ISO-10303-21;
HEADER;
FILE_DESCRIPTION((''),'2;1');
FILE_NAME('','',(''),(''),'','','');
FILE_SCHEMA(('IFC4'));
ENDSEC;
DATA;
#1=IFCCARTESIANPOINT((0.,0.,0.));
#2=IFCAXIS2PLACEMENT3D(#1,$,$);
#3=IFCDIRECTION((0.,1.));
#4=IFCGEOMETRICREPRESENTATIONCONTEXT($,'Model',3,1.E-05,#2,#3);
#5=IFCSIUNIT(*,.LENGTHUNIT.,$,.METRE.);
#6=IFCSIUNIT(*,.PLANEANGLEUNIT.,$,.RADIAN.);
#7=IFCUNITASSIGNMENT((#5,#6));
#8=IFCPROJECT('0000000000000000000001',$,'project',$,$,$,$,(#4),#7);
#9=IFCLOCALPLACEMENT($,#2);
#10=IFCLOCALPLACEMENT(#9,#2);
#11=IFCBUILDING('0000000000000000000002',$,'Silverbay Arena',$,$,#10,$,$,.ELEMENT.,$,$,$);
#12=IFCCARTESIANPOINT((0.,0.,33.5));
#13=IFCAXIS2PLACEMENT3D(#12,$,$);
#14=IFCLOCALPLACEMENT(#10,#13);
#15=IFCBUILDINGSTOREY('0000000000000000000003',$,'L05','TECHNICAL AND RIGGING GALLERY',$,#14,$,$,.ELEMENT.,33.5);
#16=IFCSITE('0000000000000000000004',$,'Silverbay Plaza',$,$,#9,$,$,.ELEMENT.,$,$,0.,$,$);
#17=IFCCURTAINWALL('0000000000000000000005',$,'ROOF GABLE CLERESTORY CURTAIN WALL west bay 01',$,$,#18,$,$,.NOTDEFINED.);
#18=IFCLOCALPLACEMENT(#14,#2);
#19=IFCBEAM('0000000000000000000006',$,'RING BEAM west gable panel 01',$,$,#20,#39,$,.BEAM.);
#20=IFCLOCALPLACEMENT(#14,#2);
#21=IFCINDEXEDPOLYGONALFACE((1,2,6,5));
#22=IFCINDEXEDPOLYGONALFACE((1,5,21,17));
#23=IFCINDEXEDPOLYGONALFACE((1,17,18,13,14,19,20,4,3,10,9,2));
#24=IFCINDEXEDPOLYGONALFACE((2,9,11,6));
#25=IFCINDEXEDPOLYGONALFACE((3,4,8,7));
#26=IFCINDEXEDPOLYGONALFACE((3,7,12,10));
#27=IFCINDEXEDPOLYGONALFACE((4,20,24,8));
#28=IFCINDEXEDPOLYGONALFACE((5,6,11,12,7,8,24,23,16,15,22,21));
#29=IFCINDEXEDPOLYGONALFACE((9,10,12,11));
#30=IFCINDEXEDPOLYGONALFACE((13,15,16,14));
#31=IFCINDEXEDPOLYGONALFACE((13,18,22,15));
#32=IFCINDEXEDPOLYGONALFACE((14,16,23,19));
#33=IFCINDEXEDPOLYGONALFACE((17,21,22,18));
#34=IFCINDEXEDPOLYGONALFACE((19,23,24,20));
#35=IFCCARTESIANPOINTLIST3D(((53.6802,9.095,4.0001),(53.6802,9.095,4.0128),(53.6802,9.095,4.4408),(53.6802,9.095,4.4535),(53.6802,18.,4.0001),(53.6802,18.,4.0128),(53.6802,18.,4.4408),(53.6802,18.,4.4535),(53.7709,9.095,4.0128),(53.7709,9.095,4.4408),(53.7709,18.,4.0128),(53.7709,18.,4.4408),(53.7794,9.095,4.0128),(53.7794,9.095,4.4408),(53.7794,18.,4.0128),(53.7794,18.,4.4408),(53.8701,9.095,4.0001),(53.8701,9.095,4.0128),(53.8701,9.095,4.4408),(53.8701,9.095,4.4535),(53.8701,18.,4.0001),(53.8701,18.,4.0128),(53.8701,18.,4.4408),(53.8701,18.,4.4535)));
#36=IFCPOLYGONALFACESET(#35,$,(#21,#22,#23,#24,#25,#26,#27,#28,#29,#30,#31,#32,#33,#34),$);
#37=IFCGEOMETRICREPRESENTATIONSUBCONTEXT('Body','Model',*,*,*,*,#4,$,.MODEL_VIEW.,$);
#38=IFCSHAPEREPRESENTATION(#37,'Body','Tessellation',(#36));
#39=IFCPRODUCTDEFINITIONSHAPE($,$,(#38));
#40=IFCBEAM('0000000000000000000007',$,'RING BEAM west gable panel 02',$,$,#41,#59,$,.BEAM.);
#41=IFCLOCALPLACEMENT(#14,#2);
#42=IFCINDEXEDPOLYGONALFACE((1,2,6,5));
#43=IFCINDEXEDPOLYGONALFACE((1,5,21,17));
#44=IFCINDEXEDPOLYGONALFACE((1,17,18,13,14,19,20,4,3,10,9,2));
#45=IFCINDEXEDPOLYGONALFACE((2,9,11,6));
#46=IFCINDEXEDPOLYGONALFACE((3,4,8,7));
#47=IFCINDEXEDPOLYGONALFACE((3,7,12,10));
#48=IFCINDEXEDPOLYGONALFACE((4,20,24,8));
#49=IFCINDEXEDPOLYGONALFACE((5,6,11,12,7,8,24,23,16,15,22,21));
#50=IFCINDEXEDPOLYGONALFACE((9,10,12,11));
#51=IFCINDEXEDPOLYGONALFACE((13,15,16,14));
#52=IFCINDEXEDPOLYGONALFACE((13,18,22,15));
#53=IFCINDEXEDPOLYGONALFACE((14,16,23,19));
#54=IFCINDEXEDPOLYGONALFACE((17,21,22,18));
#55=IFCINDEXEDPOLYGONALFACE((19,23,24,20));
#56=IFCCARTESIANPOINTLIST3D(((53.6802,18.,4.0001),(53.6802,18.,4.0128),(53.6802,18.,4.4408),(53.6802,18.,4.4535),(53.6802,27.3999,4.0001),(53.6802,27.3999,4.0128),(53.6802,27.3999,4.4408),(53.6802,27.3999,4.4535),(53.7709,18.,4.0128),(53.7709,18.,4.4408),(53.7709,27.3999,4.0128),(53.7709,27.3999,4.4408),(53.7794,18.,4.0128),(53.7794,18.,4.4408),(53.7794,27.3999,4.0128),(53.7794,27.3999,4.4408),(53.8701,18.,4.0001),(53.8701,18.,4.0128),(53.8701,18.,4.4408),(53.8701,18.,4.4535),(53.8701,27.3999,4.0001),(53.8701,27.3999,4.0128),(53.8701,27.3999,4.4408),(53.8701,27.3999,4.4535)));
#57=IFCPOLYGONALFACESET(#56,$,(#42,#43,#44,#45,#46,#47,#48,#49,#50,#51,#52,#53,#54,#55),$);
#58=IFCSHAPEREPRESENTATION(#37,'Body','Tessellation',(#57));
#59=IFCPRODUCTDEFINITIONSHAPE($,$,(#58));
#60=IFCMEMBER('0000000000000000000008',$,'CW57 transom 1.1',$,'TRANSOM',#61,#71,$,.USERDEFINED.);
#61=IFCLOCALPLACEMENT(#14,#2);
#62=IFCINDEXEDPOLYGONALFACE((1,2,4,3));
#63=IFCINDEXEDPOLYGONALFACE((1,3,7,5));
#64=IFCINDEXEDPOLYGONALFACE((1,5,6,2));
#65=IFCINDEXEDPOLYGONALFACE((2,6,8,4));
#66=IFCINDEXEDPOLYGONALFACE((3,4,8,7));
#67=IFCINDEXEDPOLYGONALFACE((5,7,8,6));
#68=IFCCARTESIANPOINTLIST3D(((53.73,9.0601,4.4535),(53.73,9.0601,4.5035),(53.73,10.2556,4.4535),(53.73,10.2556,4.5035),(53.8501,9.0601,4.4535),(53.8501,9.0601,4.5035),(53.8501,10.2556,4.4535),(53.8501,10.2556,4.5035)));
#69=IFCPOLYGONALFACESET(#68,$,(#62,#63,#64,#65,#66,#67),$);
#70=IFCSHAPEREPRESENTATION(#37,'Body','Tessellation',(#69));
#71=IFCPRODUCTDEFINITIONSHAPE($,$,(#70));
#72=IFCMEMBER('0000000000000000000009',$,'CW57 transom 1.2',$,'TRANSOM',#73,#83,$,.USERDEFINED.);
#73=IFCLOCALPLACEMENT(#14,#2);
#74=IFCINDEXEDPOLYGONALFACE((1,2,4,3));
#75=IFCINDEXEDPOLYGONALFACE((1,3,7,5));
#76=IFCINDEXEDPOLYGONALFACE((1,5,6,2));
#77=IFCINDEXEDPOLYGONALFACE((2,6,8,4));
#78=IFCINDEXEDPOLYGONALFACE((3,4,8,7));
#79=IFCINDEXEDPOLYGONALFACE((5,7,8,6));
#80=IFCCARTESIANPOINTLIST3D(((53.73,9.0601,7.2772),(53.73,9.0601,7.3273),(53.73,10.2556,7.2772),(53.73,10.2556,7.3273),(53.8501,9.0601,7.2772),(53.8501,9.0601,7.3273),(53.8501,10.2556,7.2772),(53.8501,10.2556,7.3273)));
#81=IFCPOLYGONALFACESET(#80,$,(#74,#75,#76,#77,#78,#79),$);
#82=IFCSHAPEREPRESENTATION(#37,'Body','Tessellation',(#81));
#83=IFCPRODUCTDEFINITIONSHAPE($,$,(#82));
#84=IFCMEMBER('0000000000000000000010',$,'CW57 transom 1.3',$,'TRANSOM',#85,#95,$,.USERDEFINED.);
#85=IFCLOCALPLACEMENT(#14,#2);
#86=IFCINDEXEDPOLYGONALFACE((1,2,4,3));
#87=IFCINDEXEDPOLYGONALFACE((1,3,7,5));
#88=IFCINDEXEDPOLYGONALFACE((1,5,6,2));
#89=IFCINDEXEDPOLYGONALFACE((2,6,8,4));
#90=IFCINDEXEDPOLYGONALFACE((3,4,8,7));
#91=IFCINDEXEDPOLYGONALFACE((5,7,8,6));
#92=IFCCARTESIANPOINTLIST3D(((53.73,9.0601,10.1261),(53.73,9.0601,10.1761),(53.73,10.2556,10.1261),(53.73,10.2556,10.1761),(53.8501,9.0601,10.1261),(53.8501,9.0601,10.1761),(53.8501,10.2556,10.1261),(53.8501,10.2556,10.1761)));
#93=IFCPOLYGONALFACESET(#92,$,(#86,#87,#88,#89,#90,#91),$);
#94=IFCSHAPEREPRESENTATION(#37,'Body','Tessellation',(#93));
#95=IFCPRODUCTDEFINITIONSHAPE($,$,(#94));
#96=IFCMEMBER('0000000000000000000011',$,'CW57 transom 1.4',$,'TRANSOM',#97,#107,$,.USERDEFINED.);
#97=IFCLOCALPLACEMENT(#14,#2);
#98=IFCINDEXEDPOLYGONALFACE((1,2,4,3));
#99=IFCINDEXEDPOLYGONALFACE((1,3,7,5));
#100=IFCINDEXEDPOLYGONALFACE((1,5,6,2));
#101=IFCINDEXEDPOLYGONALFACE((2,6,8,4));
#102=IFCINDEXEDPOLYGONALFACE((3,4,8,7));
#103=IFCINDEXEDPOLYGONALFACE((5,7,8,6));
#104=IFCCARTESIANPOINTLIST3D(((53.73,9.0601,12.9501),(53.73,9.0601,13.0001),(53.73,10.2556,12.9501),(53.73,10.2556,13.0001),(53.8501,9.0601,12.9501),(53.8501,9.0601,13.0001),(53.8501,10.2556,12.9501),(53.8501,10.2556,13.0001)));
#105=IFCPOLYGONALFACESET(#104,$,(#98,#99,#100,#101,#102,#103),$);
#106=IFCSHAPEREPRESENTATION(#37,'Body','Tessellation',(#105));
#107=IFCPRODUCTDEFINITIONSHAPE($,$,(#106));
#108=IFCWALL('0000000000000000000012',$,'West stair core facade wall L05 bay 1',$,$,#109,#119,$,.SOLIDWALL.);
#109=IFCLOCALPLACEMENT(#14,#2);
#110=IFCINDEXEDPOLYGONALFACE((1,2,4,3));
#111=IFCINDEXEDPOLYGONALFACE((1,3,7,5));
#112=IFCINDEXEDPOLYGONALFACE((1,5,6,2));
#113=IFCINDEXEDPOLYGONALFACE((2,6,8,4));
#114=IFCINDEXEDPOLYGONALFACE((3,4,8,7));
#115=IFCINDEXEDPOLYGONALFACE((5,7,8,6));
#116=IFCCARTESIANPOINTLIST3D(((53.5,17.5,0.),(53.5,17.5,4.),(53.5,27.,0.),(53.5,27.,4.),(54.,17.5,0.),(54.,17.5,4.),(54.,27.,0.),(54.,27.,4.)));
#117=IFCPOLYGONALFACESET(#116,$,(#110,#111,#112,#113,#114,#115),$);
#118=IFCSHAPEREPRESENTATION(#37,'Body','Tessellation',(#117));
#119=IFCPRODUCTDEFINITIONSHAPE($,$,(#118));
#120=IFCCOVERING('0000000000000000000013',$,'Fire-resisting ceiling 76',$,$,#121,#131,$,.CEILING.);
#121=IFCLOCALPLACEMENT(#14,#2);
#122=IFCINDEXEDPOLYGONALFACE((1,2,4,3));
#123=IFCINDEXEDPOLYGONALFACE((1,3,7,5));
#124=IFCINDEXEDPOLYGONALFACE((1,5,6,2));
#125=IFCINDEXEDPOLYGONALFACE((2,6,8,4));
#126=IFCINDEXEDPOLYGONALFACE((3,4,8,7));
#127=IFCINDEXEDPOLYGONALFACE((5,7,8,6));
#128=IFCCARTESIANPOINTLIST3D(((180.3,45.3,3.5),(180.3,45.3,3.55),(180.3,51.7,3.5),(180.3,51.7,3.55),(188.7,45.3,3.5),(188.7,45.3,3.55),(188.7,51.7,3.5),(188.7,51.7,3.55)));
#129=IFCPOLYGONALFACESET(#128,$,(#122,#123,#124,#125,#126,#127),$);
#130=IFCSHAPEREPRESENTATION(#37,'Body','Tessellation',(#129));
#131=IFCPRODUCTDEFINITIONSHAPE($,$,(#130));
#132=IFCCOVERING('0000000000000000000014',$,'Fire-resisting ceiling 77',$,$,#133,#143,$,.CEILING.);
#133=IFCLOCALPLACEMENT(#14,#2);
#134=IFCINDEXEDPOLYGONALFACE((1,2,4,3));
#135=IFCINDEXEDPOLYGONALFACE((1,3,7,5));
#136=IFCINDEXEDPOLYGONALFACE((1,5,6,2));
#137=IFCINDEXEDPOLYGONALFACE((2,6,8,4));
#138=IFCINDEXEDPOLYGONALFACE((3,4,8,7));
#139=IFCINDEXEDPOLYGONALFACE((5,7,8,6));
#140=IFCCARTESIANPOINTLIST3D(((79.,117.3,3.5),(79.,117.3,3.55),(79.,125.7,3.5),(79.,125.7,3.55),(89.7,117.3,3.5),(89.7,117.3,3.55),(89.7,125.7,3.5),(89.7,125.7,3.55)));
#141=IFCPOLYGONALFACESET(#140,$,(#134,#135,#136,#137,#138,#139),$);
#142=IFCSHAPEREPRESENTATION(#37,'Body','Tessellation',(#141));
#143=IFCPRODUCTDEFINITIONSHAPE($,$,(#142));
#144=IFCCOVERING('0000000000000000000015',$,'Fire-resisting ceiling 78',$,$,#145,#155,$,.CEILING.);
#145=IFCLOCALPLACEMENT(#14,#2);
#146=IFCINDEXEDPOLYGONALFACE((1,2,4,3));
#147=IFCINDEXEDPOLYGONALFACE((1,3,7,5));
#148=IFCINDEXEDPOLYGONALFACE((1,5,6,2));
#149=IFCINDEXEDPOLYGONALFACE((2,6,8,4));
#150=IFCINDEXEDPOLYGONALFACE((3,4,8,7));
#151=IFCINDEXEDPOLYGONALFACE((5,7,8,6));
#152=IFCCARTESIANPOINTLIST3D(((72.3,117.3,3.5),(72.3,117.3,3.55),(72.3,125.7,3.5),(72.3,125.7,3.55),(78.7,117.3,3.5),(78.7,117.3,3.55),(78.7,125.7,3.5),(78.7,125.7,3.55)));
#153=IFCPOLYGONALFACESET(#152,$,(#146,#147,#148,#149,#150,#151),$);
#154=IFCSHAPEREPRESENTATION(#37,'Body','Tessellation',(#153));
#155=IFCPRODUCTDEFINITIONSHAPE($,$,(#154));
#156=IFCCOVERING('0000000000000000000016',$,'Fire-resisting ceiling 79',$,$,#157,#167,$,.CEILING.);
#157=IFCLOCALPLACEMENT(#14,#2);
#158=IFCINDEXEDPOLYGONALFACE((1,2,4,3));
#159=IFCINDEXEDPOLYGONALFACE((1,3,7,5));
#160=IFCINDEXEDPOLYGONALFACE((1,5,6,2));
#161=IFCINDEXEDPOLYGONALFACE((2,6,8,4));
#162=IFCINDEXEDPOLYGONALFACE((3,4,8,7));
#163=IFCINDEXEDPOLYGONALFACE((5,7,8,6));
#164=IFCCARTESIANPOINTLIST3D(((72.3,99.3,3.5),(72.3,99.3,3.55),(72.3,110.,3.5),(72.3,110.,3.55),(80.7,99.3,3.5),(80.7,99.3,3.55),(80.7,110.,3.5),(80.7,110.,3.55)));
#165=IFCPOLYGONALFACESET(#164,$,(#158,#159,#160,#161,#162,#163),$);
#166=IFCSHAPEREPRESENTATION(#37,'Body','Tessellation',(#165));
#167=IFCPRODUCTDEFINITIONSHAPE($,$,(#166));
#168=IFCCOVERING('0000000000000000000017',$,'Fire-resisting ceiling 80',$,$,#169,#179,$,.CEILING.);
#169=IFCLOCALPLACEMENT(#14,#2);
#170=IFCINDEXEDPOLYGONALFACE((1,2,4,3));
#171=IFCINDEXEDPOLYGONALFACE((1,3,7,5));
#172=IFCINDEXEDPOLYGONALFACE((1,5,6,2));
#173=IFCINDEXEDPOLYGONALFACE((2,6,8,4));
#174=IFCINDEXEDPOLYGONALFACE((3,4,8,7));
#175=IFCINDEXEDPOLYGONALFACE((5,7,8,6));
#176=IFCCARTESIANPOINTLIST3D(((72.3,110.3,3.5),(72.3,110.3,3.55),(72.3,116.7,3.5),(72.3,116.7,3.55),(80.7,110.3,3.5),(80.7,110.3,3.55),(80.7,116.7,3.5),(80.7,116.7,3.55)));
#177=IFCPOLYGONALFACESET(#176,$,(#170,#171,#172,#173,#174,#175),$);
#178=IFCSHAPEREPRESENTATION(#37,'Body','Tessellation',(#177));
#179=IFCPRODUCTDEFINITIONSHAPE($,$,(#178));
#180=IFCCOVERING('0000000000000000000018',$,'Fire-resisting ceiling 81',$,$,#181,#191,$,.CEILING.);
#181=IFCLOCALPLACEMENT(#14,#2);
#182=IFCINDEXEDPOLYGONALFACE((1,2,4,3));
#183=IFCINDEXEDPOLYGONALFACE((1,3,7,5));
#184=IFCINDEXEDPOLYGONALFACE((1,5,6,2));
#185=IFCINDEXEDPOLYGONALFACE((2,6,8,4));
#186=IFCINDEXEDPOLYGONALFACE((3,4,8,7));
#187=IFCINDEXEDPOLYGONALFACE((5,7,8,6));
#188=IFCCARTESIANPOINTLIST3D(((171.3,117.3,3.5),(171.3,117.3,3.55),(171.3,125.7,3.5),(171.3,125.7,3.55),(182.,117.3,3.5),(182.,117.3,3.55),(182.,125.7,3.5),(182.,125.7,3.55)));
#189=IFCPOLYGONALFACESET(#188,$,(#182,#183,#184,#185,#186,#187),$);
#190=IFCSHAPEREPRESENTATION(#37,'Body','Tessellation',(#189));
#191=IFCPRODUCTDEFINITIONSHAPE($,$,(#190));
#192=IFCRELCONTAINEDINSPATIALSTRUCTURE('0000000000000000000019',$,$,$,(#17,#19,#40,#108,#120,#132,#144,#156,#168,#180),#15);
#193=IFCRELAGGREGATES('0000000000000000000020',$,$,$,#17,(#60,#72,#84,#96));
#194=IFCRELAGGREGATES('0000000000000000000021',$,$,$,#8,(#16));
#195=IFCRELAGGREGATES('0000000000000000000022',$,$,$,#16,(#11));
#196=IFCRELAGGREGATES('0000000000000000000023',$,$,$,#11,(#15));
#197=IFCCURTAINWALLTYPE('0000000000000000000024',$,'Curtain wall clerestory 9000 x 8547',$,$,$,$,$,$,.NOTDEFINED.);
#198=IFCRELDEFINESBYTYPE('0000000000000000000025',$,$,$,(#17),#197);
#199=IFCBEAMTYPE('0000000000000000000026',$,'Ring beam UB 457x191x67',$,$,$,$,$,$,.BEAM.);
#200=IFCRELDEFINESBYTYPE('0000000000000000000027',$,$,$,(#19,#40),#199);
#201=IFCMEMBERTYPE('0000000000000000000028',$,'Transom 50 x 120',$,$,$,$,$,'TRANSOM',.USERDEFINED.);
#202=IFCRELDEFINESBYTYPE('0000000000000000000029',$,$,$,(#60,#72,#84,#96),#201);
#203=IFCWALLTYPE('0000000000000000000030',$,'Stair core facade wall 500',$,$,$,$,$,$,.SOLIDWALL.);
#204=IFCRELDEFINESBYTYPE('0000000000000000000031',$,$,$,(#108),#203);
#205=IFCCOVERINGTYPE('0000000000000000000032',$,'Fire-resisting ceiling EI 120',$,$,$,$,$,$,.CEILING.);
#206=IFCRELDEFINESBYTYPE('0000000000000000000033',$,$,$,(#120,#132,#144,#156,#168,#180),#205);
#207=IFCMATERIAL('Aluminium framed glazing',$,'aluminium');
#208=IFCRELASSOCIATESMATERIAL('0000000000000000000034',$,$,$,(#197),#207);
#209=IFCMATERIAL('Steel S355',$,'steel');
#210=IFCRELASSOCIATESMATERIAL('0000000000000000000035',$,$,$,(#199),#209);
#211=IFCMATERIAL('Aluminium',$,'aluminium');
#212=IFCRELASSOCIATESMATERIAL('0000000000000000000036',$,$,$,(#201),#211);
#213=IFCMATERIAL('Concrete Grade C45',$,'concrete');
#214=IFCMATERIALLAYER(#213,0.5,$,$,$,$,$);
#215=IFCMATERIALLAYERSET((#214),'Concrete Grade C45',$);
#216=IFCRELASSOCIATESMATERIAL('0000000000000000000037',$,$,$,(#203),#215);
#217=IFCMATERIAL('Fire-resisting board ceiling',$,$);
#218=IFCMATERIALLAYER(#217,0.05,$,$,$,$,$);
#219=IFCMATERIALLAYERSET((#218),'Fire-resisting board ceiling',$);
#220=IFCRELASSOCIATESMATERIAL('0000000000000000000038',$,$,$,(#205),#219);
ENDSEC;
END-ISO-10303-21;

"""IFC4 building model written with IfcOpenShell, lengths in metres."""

from ifc_helpers import new_model, si_unit, direction, frame, frame_2d, origin, origin_2d, place, context, subcontext, project, spatial, polyline, rectangle, i_section, outline, extrude, material, layer, layer_set, material_profile, profile_set, type_object, element, aggregate, save


model = new_model("IFC4")

# Units and contexts
model_context = context("Model", 3, precision=1e-05, world=origin(), true_north=direction((0.0, 1.0)))
body_context = subcontext(model_context, "Body", "Model", "MODEL_VIEW")
ifc_project = project(units=[si_unit("LENGTHUNIT", "METRE"), si_unit("PLANEANGLEUNIT", "RADIAN")], contexts=[model_context])

# Site, building, storey
site_placement = place(None, origin())
site = spatial("IfcSite", under=ifc_project, at=site_placement, Name="Silverbay Plaza", CompositionType="ELEMENT", RefElevation=0.0)
building_placement = place(site_placement, origin())
building = spatial("IfcBuilding", under=site, at=building_placement, Name="Silverbay Arena", CompositionType="ELEMENT")
storey_placement = place(building_placement, frame((0.0, 0.0, 33.5)))
storey = spatial("IfcBuildingStorey", under=building, at=storey_placement, Name="L05", Description="TECHNICAL AND RIGGING GALLERY", CompositionType="ELEMENT", Elevation=33.5)

# Curtain wall
ifc_material_1 = material(Name="Aluminium framed glazing", Category="aluminium")
curtain_wall_type = type_object("IfcCurtainWallType", Name="Curtain wall clerestory 9000 x 8547", PredefinedType="NOTDEFINED", material=ifc_material_1)
curtain_wall_placement = place(storey_placement, origin())
curtain_wall = element("IfcCurtainWall", 1, at=curtain_wall_placement, inside=storey, type_object=curtain_wall_type, Name="ROOF GABLE CLERESTORY CURTAIN WALL west bay 01", PredefinedType="NOTDEFINED")

# Beams
ifc_material_2 = material(Name="Steel S355", Category="steel")
ifc_material_profile_1 = material_profile(ifc_material_2, i_section(OverallWidth=0.1899, OverallDepth=0.4534, WebThickness=0.0085, FlangeThickness=0.0127, at=origin_2d()), Name="UB 457x191x67")
ifc_profile_set_1 = profile_set([ifc_material_profile_1], Name="Steel S355")
beam_type = type_object("IfcBeamType", Name="Ring beam UB 457x191x67", PredefinedType="BEAM", material=ifc_profile_set_1)
beam_1_placement = place(storey_placement, frame((53.7751, 9.095, 4.2268), z_axis=(0.0, 1.0, 0.0), x_axis=(-1.0, 0.0, 0.0)))
element("IfcBeam", 2, at=beam_1_placement, inside=storey, type_object=beam_type, Name="RING BEAM west gable panel 01", PredefinedType="BEAM", context=body_context, shape_type="SweptSolid", body=[
    extrude(i_section(OverallWidth=0.1899, OverallDepth=0.4534, WebThickness=0.0085, FlangeThickness=0.0127, at=origin_2d()), origin(), (0.0, 0.0, 1.0), 8.905),
])
beam_2_placement = place(storey_placement, frame((53.7751, 18.0, 4.2268), z_axis=(0.0, 1.0, 0.0), x_axis=(-1.0, 0.0, 0.0)))
element("IfcBeam", 3, at=beam_2_placement, inside=storey, type_object=beam_type, Name="RING BEAM west gable panel 02", PredefinedType="BEAM", context=body_context, shape_type="SweptSolid", body=[
    extrude(i_section(OverallWidth=0.1899, OverallDepth=0.4534, WebThickness=0.0085, FlangeThickness=0.0127, at=origin_2d()), origin(), (0.0, 0.0, 1.0), 9.3999),
])

# Members
ifc_material_3 = material(Name="Aluminium", Category="aluminium")
ifc_material_profile_2 = material_profile(ifc_material_3, rectangle(XDim=0.1201, YDim=0.05, at=origin_2d()), Name="Transom 50 x 120")
ifc_profile_set_2 = profile_set([ifc_material_profile_2], Name="Aluminium")
member_type_1 = type_object("IfcMemberType", Name="Transom 50 x 120", ElementType="TRANSOM", PredefinedType="USERDEFINED", material=ifc_profile_set_2)
member_1_placement = place(storey_placement, frame((53.79, 9.0601, 4.4785), z_axis=(0.0, 1.0, 0.0), x_axis=(-1.0, 0.0, 0.0)))
member_1 = element("IfcMember", 4, at=member_1_placement, type_object=member_type_1, Name="CW57 transom 1.1", ObjectType="TRANSOM", PredefinedType="USERDEFINED", context=body_context, shape_type="SweptSolid", body=[
    extrude(rectangle(XDim=0.1201, YDim=0.05, at=origin_2d()), origin(), (0.0, 0.0, 1.0), 1.1956),
])
member_2_placement = place(storey_placement, frame((53.79, 9.0601, 7.3022), z_axis=(0.0, 1.0, 0.0), x_axis=(-1.0, 0.0, 0.0)))
member_2 = element("IfcMember", 5, at=member_2_placement, type_object=member_type_1, Name="CW57 transom 1.2", ObjectType="TRANSOM", PredefinedType="USERDEFINED", context=body_context, shape_type="SweptSolid", body=[
    extrude(rectangle(XDim=0.1201, YDim=0.05, at=origin_2d()), origin(), (0.0, 0.0, 1.0), 1.1956),
])
member_3_placement = place(storey_placement, frame((53.79, 9.0601, 10.1511), z_axis=(0.0, 1.0, 0.0), x_axis=(-1.0, 0.0, 0.0)))
member_3 = element("IfcMember", 6, at=member_3_placement, type_object=member_type_1, Name="CW57 transom 1.3", ObjectType="TRANSOM", PredefinedType="USERDEFINED", context=body_context, shape_type="SweptSolid", body=[
    extrude(rectangle(XDim=0.1201, YDim=0.05, at=origin_2d()), origin(), (0.0, 0.0, 1.0), 1.1956),
])
member_4_placement = place(storey_placement, frame((53.79, 9.0601, 12.9751), z_axis=(0.0, 1.0, 0.0), x_axis=(-1.0, 0.0, 0.0)))
member_4 = element("IfcMember", 7, at=member_4_placement, type_object=member_type_1, Name="CW57 transom 1.4", ObjectType="TRANSOM", PredefinedType="USERDEFINED", context=body_context, shape_type="SweptSolid", body=[
    extrude(rectangle(XDim=0.1201, YDim=0.05, at=origin_2d()), origin(), (0.0, 0.0, 1.0), 1.1956),
])
aggregate(curtain_wall, [member_1, member_2, member_3, member_4])

# Wall
ifc_material_4 = material(Name="Concrete Grade C45", Category="concrete")
ifc_layer_1 = layer(ifc_material_4, 0.5)
ifc_layer_set_1 = layer_set([ifc_layer_1], Name="Concrete Grade C45")
wall_type = type_object("IfcWallType", Name="Stair core facade wall 500", PredefinedType="SOLIDWALL", material=ifc_layer_set_1)
wall_placement = place(storey_placement, frame((53.75, 27.0, 0.0), z_axis=(0.0, 0.0, 1.0), x_axis=(0.0, -1.0, 0.0)))
element("IfcWall", 8, at=wall_placement, inside=storey, type_object=wall_type, Name="West stair core facade wall L05 bay 1", PredefinedType="SOLIDWALL", context=body_context, shape_type="SweptSolid", body=[
    extrude(rectangle(XDim=9.5, YDim=0.5, at=frame_2d((4.75, 0.0))), origin(), (0.0, 0.0, 1.0), 4.0),
])

# Coverings
ifc_material_5 = material(Name="Fire-resisting board ceiling")
ifc_layer_2 = layer(ifc_material_5, 0.05)
ifc_layer_set_2 = layer_set([ifc_layer_2], Name="Fire-resisting board ceiling")
covering_type = type_object("IfcCoveringType", Name="Fire-resisting ceiling EI 120", PredefinedType="CEILING", material=ifc_layer_set_2)
covering_1_placement = place(storey_placement, frame((0.0, 0.0, 3.5)))
element("IfcCovering", 9, at=covering_1_placement, inside=storey, type_object=covering_type, Name="Fire-resisting ceiling 76", PredefinedType="CEILING", context=body_context, shape_type="SweptSolid", body=[
    extrude(outline(polyline([(188.7, 45.3), (188.7, 51.7), (180.3, 51.7), (180.3, 45.3), (188.7, 45.3)])), origin(), (0.0, 0.0, 1.0), 0.05),
])
covering_2_placement = place(storey_placement, frame((0.0, 0.0, 3.5)))
element("IfcCovering", 10, at=covering_2_placement, inside=storey, type_object=covering_type, Name="Fire-resisting ceiling 77", PredefinedType="CEILING", context=body_context, shape_type="SweptSolid", body=[
    extrude(outline(polyline([(89.7, 117.3), (89.7, 125.7), (79.0, 125.7), (79.0, 117.3), (89.7, 117.3)])), origin(), (0.0, 0.0, 1.0), 0.05),
])
covering_3_placement = place(storey_placement, frame((0.0, 0.0, 3.5)))
element("IfcCovering", 11, at=covering_3_placement, inside=storey, type_object=covering_type, Name="Fire-resisting ceiling 78", PredefinedType="CEILING", context=body_context, shape_type="SweptSolid", body=[
    extrude(outline(polyline([(72.3, 117.3), (78.7, 117.3), (78.7, 125.7), (72.3, 125.7), (72.3, 117.3)])), origin(), (0.0, 0.0, 1.0), 0.05),
])
covering_4_placement = place(storey_placement, frame((0.0, 0.0, 3.5)))
element("IfcCovering", 12, at=covering_4_placement, inside=storey, type_object=covering_type, Name="Fire-resisting ceiling 79", PredefinedType="CEILING", context=body_context, shape_type="SweptSolid", body=[
    extrude(outline(polyline([(72.3, 99.3), (80.7, 99.3), (80.7, 110.0), (72.3, 110.0), (72.3, 99.3)])), origin(), (0.0, 0.0, 1.0), 0.05),
])
covering_5_placement = place(storey_placement, frame((0.0, 0.0, 3.5)))
element("IfcCovering", 13, at=covering_5_placement, inside=storey, type_object=covering_type, Name="Fire-resisting ceiling 80", PredefinedType="CEILING", context=body_context, shape_type="SweptSolid", body=[
    extrude(outline(polyline([(72.3, 110.3), (80.7, 110.3), (80.7, 116.7), (72.3, 116.7), (72.3, 110.3)])), origin(), (0.0, 0.0, 1.0), 0.05),
])
covering_6_placement = place(storey_placement, frame((0.0, 0.0, 3.5)))
element("IfcCovering", 14, at=covering_6_placement, inside=storey, type_object=covering_type, Name="Fire-resisting ceiling 81", PredefinedType="CEILING", context=body_context, shape_type="SweptSolid", body=[
    extrude(outline(polyline([(171.3, 117.3), (182.0, 117.3), (182.0, 125.7), (171.3, 125.7), (171.3, 117.3)])), origin(), (0.0, 0.0, 1.0), 0.05),
])

save(model, "model.ifc")
